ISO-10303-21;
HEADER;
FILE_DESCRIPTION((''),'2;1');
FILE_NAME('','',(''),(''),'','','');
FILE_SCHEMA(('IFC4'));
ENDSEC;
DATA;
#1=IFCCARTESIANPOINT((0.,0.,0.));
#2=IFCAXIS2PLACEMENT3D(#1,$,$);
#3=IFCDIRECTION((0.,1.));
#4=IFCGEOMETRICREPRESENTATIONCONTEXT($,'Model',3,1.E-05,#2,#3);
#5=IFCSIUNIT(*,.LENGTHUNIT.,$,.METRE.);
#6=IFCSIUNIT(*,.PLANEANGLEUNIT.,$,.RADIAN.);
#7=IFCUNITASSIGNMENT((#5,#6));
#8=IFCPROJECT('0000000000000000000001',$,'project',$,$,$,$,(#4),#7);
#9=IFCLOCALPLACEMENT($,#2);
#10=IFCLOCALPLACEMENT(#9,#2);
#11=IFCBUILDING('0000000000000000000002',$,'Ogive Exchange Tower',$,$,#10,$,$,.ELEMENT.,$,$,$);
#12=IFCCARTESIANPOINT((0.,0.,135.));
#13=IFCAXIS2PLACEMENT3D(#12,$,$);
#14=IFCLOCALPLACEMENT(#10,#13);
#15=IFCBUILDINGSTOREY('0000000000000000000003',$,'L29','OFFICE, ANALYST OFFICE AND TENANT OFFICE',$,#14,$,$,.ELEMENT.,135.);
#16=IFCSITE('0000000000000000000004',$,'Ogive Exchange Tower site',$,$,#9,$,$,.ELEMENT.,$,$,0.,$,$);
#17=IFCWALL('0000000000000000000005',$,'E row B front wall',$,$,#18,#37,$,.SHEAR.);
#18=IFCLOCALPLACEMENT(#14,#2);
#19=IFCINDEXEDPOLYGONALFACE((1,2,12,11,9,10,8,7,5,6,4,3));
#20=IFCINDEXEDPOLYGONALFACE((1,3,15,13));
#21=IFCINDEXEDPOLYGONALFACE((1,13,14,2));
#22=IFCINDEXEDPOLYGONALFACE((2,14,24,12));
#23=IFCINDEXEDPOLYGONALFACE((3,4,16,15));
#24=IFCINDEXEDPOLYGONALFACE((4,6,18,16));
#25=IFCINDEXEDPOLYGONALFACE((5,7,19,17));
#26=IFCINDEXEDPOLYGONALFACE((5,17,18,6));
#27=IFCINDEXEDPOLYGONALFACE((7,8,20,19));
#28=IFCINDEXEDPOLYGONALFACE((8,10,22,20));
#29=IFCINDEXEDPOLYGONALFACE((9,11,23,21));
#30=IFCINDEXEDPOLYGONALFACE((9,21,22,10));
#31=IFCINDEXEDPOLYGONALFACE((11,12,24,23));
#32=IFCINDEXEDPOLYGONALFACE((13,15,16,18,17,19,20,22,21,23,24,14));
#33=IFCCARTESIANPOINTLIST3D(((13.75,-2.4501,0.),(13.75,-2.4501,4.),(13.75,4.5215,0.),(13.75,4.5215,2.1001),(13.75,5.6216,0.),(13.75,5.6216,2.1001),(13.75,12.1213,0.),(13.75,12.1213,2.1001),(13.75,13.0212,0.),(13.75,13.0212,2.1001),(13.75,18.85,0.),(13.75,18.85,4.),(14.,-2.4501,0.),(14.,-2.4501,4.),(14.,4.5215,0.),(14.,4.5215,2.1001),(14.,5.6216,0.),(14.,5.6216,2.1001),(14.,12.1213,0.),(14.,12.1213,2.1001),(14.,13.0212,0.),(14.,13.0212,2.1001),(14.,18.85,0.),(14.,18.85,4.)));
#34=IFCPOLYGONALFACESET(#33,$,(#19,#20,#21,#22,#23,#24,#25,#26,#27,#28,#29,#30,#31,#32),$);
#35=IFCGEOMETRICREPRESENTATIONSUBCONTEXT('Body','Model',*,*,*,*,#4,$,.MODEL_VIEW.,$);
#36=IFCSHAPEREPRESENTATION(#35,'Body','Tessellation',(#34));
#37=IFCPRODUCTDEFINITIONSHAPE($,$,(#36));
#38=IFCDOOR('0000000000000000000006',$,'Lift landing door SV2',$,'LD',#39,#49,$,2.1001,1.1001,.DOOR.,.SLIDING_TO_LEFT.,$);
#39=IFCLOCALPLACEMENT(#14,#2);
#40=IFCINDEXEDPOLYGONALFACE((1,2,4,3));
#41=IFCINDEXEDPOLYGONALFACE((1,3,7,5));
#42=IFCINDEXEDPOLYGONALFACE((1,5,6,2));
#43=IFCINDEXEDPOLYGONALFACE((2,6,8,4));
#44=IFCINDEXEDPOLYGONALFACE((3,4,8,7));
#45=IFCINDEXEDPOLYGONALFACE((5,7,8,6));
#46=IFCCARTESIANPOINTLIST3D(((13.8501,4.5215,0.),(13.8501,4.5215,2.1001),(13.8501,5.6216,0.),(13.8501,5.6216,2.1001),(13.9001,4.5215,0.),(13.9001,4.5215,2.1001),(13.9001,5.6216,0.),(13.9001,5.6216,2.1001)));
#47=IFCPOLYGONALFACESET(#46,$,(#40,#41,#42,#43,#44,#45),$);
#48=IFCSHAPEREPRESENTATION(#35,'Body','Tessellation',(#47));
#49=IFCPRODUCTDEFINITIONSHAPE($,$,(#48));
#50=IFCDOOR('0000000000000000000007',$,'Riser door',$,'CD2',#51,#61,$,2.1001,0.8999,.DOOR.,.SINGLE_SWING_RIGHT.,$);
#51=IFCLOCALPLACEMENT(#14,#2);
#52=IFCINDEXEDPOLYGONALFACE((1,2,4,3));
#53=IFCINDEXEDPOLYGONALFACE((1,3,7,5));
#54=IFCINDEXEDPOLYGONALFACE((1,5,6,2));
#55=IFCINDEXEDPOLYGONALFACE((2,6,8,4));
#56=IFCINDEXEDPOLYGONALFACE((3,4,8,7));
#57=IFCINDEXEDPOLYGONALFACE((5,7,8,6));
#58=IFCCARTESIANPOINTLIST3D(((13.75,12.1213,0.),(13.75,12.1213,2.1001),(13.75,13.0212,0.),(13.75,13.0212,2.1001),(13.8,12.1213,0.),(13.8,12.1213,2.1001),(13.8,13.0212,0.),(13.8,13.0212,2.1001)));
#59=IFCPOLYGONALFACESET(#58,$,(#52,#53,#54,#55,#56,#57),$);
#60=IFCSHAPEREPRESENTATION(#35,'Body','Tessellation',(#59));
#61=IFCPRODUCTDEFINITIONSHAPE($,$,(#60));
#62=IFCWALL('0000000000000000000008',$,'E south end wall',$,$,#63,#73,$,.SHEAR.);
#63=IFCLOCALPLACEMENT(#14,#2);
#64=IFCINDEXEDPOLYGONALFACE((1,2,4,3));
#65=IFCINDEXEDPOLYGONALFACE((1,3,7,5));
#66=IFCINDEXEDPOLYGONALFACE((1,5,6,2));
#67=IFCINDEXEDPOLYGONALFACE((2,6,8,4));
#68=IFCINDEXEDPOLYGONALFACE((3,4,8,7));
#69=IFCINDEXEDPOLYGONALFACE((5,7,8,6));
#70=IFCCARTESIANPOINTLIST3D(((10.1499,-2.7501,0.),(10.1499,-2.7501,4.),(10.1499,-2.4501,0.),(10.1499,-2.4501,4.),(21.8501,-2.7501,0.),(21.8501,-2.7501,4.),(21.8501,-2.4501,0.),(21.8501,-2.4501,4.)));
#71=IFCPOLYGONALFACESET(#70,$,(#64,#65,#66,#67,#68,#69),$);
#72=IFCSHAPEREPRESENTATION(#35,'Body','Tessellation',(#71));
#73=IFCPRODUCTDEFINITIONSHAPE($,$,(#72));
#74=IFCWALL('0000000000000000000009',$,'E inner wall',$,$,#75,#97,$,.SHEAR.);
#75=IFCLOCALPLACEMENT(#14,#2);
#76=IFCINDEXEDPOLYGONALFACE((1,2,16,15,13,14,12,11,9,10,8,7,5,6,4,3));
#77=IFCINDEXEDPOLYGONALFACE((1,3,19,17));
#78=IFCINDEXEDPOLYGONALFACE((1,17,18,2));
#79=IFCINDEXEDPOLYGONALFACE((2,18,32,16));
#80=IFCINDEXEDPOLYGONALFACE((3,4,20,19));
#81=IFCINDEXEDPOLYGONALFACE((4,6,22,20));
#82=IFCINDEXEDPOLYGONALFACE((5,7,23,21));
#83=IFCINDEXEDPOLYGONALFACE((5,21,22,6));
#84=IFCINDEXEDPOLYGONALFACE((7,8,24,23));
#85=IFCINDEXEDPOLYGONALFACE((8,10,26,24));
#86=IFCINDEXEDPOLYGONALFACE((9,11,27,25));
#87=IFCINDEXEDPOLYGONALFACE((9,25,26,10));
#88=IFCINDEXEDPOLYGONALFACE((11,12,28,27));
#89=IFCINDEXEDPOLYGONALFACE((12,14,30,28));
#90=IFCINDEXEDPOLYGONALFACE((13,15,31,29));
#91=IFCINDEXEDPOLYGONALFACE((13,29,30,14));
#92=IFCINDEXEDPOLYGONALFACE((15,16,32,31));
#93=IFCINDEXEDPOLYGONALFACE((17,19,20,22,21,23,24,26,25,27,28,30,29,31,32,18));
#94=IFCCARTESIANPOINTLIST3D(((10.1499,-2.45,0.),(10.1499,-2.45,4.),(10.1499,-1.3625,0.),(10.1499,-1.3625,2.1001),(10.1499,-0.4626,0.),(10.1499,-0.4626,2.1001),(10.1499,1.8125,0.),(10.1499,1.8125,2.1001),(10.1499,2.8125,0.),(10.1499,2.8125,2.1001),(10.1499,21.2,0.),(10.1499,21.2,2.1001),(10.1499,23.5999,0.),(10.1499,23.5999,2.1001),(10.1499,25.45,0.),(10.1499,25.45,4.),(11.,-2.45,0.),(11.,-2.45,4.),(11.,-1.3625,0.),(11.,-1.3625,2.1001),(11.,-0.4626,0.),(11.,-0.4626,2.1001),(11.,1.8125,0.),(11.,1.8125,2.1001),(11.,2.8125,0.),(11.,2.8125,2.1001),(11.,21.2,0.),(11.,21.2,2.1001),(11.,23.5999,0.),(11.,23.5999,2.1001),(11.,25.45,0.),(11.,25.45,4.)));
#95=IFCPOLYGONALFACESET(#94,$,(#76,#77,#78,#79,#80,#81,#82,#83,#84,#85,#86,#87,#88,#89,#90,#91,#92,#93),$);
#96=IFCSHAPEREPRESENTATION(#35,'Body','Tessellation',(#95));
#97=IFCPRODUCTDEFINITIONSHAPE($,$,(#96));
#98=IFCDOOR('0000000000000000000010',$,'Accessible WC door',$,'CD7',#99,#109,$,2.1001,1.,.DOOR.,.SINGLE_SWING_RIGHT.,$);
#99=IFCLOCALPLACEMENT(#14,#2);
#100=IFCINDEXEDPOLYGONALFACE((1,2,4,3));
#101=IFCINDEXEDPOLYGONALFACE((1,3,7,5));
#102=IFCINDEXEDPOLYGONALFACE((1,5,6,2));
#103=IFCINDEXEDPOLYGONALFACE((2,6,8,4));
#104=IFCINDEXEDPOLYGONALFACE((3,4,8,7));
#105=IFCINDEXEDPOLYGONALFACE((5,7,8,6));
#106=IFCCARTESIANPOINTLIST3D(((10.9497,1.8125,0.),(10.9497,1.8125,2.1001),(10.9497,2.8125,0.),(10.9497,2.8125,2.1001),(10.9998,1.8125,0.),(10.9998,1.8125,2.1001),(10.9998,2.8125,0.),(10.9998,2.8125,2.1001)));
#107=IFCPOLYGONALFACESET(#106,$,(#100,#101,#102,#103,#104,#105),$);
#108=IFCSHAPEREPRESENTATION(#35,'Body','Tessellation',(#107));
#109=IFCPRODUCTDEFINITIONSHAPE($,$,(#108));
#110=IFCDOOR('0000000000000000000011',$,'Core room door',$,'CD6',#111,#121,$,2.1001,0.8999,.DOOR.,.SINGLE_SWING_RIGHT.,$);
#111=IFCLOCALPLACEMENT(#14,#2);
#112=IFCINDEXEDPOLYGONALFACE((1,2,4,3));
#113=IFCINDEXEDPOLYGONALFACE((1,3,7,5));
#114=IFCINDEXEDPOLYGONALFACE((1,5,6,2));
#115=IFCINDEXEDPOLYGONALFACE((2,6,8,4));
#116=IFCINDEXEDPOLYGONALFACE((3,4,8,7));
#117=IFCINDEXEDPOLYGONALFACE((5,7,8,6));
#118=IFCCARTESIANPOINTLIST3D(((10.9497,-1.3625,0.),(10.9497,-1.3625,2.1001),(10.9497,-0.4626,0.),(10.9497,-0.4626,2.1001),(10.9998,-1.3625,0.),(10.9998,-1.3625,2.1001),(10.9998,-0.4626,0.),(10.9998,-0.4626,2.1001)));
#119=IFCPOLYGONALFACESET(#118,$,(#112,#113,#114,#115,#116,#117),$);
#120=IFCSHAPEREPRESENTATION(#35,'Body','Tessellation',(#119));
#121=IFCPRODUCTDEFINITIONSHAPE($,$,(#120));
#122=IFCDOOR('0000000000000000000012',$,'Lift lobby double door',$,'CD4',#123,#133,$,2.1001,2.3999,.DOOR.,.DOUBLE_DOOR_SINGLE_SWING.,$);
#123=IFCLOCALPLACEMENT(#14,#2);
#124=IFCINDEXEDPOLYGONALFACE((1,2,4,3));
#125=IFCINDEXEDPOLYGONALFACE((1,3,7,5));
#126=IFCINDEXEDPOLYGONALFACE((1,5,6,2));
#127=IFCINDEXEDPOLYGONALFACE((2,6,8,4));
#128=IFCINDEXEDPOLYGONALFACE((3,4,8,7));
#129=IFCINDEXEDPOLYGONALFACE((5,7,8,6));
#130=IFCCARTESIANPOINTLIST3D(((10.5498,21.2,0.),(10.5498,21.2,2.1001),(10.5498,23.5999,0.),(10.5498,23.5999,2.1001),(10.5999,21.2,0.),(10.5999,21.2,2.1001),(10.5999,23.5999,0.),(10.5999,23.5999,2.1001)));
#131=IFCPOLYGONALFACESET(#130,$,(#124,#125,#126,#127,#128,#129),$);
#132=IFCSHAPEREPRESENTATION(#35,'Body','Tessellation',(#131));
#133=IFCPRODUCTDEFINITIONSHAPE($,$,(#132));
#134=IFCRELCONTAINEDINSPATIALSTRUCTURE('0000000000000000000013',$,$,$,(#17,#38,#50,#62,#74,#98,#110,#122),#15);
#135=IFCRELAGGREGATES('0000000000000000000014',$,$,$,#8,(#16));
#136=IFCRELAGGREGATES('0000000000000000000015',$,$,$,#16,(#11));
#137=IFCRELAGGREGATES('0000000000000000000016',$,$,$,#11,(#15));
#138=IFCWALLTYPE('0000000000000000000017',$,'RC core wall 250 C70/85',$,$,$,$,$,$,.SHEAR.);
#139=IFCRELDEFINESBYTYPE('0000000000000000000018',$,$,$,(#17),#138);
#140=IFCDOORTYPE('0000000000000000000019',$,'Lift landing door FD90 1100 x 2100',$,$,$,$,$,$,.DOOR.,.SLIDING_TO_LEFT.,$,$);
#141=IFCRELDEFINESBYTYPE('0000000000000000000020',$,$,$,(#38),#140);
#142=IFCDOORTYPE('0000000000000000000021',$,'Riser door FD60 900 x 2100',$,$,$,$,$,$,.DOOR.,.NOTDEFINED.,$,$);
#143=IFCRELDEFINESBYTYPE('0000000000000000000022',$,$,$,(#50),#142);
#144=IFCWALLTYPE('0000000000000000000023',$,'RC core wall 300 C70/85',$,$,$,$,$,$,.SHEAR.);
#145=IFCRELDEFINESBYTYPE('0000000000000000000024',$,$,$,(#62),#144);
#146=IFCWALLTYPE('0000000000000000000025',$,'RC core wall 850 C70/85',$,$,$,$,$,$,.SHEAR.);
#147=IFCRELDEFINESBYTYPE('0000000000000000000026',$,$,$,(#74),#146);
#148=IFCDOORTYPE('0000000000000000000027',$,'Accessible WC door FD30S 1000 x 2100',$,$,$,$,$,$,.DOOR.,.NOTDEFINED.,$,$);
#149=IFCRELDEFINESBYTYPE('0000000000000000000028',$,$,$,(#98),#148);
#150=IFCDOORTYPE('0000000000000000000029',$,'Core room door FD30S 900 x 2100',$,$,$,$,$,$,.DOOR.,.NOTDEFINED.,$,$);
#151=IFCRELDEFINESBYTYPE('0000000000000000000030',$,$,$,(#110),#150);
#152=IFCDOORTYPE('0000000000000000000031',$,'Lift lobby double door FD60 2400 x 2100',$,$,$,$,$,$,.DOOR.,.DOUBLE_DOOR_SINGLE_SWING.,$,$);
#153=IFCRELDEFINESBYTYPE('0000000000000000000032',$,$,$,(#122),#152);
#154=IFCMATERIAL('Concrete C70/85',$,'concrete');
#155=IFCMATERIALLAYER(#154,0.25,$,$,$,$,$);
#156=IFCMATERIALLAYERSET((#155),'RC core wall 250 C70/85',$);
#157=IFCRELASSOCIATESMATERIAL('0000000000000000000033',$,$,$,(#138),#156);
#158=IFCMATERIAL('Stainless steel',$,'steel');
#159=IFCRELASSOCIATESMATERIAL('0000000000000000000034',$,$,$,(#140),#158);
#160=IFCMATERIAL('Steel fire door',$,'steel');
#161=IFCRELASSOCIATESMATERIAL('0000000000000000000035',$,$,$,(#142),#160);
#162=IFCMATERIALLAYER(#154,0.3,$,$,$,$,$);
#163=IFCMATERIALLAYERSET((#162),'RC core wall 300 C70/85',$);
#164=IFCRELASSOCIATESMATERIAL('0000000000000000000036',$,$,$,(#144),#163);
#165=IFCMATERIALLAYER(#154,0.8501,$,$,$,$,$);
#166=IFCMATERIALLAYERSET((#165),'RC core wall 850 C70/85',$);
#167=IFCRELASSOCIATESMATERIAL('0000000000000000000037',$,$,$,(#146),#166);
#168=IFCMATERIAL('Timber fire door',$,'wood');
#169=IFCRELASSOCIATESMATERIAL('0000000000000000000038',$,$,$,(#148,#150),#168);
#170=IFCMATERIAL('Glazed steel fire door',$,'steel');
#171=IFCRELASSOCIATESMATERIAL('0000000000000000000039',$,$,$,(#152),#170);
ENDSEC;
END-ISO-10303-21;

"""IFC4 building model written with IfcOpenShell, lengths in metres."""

from ifc_helpers import new_model, si_unit, direction, frame, frame_2d, origin, place, context, subcontext, project, spatial, rectangle, extrude, material, layer, layer_set, type_object, element, fill, save


model = new_model("IFC4")

# Units and contexts
model_context = context("Model", 3, precision=1e-05, world=origin(), true_north=direction((0.0, 1.0)))
body_context = subcontext(model_context, "Body", "Model", "MODEL_VIEW")
ifc_project = project(units=[si_unit("LENGTHUNIT", "METRE"), si_unit("PLANEANGLEUNIT", "RADIAN")], contexts=[model_context])

# Site, building, storey
site_placement = place(None, origin())
site = spatial("IfcSite", under=ifc_project, at=site_placement, Name="Ogive Exchange Tower site", CompositionType="ELEMENT", RefElevation=0.0)
building_placement = place(site_placement, origin())
building = spatial("IfcBuilding", under=site, at=building_placement, Name="Ogive Exchange Tower", CompositionType="ELEMENT")
storey_placement = place(building_placement, frame((0.0, 0.0, 135.0)))
storey = spatial("IfcBuildingStorey", under=building, at=storey_placement, Name="L29", Description="OFFICE, ANALYST OFFICE AND TENANT OFFICE", CompositionType="ELEMENT", Elevation=135.0)

# Shared definitions
ifc_material_1 = material(Name="Concrete C70/85", Category="concrete")

# Wall, openings, doors
ifc_layer_1 = layer(ifc_material_1, 0.25)
ifc_layer_set_1 = layer_set([ifc_layer_1], Name="RC core wall 250 C70/85")
wall_type_1 = type_object("IfcWallType", Name="RC core wall 250 C70/85", PredefinedType="SHEAR", material=ifc_layer_set_1)
wall_1_placement = place(storey_placement, frame((13.875, -2.45, 0.0), z_axis=(0.0, 0.0, 1.0), x_axis=(0.0, 1.0, 0.0)))
wall_1 = element("IfcWall", 1, at=wall_1_placement, inside=storey, type_object=wall_type_1, Name="E row B front wall", PredefinedType="SHEAR", context=body_context, shape_type="SweptSolid", body=[
    extrude(rectangle(XDim=21.3, YDim=0.25, at=frame_2d((10.6499, 0.0))), origin(), (0.0, 0.0, 1.0), 4.0),
])
opening_1_placement = place(wall_1_placement, frame((14.5713, 0.0, 0.0)))
opening_1 = element("IfcOpeningElement", 2, at=opening_1_placement, cuts=wall_1, PredefinedType="OPENING", context=body_context, shape_type="SweptSolid", body=[
    extrude(rectangle(XDim=0.8999, YDim=2.1001, at=frame_2d((0.45, 1.05))), frame((0.0, 0.135, 0.0), z_axis=(0.0, -1.0, 0.0), x_axis=(1.0, 0.0, 0.0)), (0.0, 0.0, 1.0), 0.27),
])
opening_2_placement = place(wall_1_placement, frame((6.9714, 0.0, 0.0)))
opening_2 = element("IfcOpeningElement", 3, at=opening_2_placement, cuts=wall_1, PredefinedType="OPENING", context=body_context, shape_type="SweptSolid", body=[
    extrude(rectangle(XDim=1.1001, YDim=2.1001, at=frame_2d((0.55, 1.05))), frame((0.0, 0.135, 0.0), z_axis=(0.0, -1.0, 0.0), x_axis=(1.0, 0.0, 0.0)), (0.0, 0.0, 1.0), 0.27),
])
ifc_material_2 = material(Name="Stainless steel", Category="steel")
door_type_1 = type_object("IfcDoorType", Name="Lift landing door FD90 1100 x 2100", OperationType="SLIDING_TO_LEFT", PredefinedType="DOOR", material=ifc_material_2)
door_1_placement = place(opening_2_placement, origin())
door_1 = element("IfcDoor", 4, at=door_1_placement, inside=storey, type_object=door_type_1, Name="Lift landing door SV2", ObjectType="LD", OperationType="SLIDING_TO_LEFT", OverallHeight=2.1001, OverallWidth=1.1001, PredefinedType="DOOR", context=body_context, shape_type="SweptSolid", body=[
    extrude(rectangle(XDim=1.1001, YDim=2.1001, at=frame_2d((0.55, 1.05))), frame((0.0, 0.0249, 0.0), z_axis=(0.0, -1.0, 0.0), x_axis=(1.0, 0.0, 0.0)), (0.0, 0.0, 1.0), 0.05),
])
fill(opening_2, door_1)
ifc_material_3 = material(Name="Steel fire door", Category="steel")
door_type_2 = type_object("IfcDoorType", Name="Riser door FD60 900 x 2100", OperationType="NOTDEFINED", PredefinedType="DOOR", material=ifc_material_3)
door_2_placement = place(opening_1_placement, origin())
door_2 = element("IfcDoor", 5, at=door_2_placement, inside=storey, type_object=door_type_2, Name="Riser door", ObjectType="CD2", OperationType="SINGLE_SWING_RIGHT", OverallHeight=2.1001, OverallWidth=0.8999, PredefinedType="DOOR", context=body_context, shape_type="SweptSolid", body=[
    extrude(rectangle(XDim=0.8999, YDim=2.1001, at=frame_2d((0.45, 1.05))), frame((0.0, 0.125, 0.0), z_axis=(0.0, -1.0, 0.0), x_axis=(1.0, 0.0, 0.0)), (0.0, 0.0, 1.0), 0.05),
])
fill(opening_1, door_2)

# Wall
ifc_layer_2 = layer(ifc_material_1, 0.3)
ifc_layer_set_2 = layer_set([ifc_layer_2], Name="RC core wall 300 C70/85")
wall_type_2 = type_object("IfcWallType", Name="RC core wall 300 C70/85", PredefinedType="SHEAR", material=ifc_layer_set_2)
wall_2_placement = place(storey_placement, frame((10.1499, -2.6001, 0.0), z_axis=(0.0, 0.0, 1.0), x_axis=(1.0, 0.0, 0.0)))
element("IfcWall", 6, at=wall_2_placement, inside=storey, type_object=wall_type_2, Name="E south end wall", PredefinedType="SHEAR", context=body_context, shape_type="SweptSolid", body=[
    extrude(rectangle(XDim=11.7002, YDim=0.3, at=frame_2d((5.8501, 0.0))), origin(), (0.0, 0.0, 1.0), 4.0),
])

# Wall, openings, doors
ifc_layer_3 = layer(ifc_material_1, 0.8501)
ifc_layer_set_3 = layer_set([ifc_layer_3], Name="RC core wall 850 C70/85")
wall_type_3 = type_object("IfcWallType", Name="RC core wall 850 C70/85", PredefinedType="SHEAR", material=ifc_layer_set_3)
wall_3_placement = place(storey_placement, frame((10.575, -2.45, 0.0), z_axis=(0.0, 0.0, 1.0), x_axis=(0.0, 1.0, 0.0)))
wall_3 = element("IfcWall", 7, at=wall_3_placement, inside=storey, type_object=wall_type_3, Name="E inner wall", PredefinedType="SHEAR", context=body_context, shape_type="SweptSolid", body=[
    extrude(rectangle(XDim=27.8999, YDim=0.8501, at=frame_2d((13.95, 0.0))), origin(), (0.0, 0.0, 1.0), 4.0),
])
opening_3_placement = place(wall_3_placement, frame((23.6499, 0.0, 0.0)))
opening_3 = element("IfcOpeningElement", 8, at=opening_3_placement, cuts=wall_3, PredefinedType="OPENING", context=body_context, shape_type="SweptSolid", body=[
    extrude(rectangle(XDim=2.3999, YDim=2.1001, at=frame_2d((1.2, 1.05))), frame((0.0, 0.4351, 0.0), z_axis=(0.0, -1.0, 0.0), x_axis=(1.0, 0.0, 0.0)), (0.0, 0.0, 1.0), 0.8701),
])
opening_4_placement = place(wall_3_placement, frame((1.0874, 0.0, 0.0)))
opening_4 = element("IfcOpeningElement", 9, at=opening_4_placement, cuts=wall_3, PredefinedType="OPENING", context=body_context, shape_type="SweptSolid", body=[
    extrude(rectangle(XDim=0.8999, YDim=2.1001, at=frame_2d((0.45, 1.05))), frame((0.0, 0.4351, 0.0), z_axis=(0.0, -1.0, 0.0), x_axis=(1.0, 0.0, 0.0)), (0.0, 0.0, 1.0), 0.8701),
])
opening_5_placement = place(wall_3_placement, frame((4.2625, 0.0, 0.0)))
opening_5 = element("IfcOpeningElement", 10, at=opening_5_placement, cuts=wall_3, PredefinedType="OPENING", context=body_context, shape_type="SweptSolid", body=[
    extrude(rectangle(XDim=1.0, YDim=2.1001, at=frame_2d((0.5, 1.05))), frame((0.0, 0.4351, 0.0), z_axis=(0.0, -1.0, 0.0), x_axis=(1.0, 0.0, 0.0)), (0.0, 0.0, 1.0), 0.8701),
])
ifc_material_4 = material(Name="Timber fire door", Category="wood")
door_type_3 = type_object("IfcDoorType", Name="Accessible WC door FD30S 1000 x 2100", OperationType="NOTDEFINED", PredefinedType="DOOR", material=ifc_material_4)
door_3_placement = place(opening_5_placement, frame((1.0, -0.7998, 0.0), z_axis=(0.0, 0.0, 1.0), x_axis=(-1.0, 0.0, 0.0)))
door_3 = element("IfcDoor", 11, at=door_3_placement, inside=storey, type_object=door_type_3, Name="Accessible WC door", ObjectType="CD7", OperationType="SINGLE_SWING_RIGHT", OverallHeight=2.1001, OverallWidth=1.0, PredefinedType="DOOR", context=body_context, shape_type="SweptSolid", body=[
    extrude(rectangle(XDim=1.0, YDim=2.1001, at=frame_2d((0.5, 1.05))), frame((0.0, -0.375, 0.0), z_axis=(0.0, -1.0, 0.0), x_axis=(1.0, 0.0, 0.0)), (0.0, 0.0, 1.0), 0.05),
])
fill(opening_5, door_3)
door_type_4 = type_object("IfcDoorType", Name="Core room door FD30S 900 x 2100", OperationType="NOTDEFINED", PredefinedType="DOOR", material=ifc_material_4)
door_4_placement = place(opening_4_placement, frame((0.8999, -0.7998, 0.0), z_axis=(0.0, 0.0, 1.0), x_axis=(-1.0, 0.0, 0.0)))
door_4 = element("IfcDoor", 12, at=door_4_placement, inside=storey, type_object=door_type_4, Name="Core room door", ObjectType="CD6", OperationType="SINGLE_SWING_RIGHT", OverallHeight=2.1001, OverallWidth=0.8999, PredefinedType="DOOR", context=body_context, shape_type="SweptSolid", body=[
    extrude(rectangle(XDim=0.8999, YDim=2.1001, at=frame_2d((0.45, 1.05))), frame((0.0, -0.375, 0.0), z_axis=(0.0, -1.0, 0.0), x_axis=(1.0, 0.0, 0.0)), (0.0, 0.0, 1.0), 0.05),
])
fill(opening_4, door_4)
ifc_material_5 = material(Name="Glazed steel fire door", Category="steel")
door_type_5 = type_object("IfcDoorType", Name="Lift lobby double door FD60 2400 x 2100", OperationType="DOUBLE_DOOR_SINGLE_SWING", PredefinedType="DOOR", material=ifc_material_5)
door_5_placement = place(opening_3_placement, frame((2.3999, 0.0, 0.0), z_axis=(0.0, 0.0, 1.0), x_axis=(-1.0, 0.0, 0.0)))
door_5 = element("IfcDoor", 13, at=door_5_placement, inside=storey, type_object=door_type_5, Name="Lift lobby double door", ObjectType="CD4", OperationType="DOUBLE_DOOR_SINGLE_SWING", OverallHeight=2.1001, OverallWidth=2.3999, PredefinedType="DOOR", context=body_context, shape_type="SweptSolid", body=[
    extrude(rectangle(XDim=2.3999, YDim=2.1001, at=frame_2d((1.2, 1.05))), frame((0.0, 0.0249, 0.0), z_axis=(0.0, -1.0, 0.0), x_axis=(1.0, 0.0, 0.0)), (0.0, 0.0, 1.0), 0.05),
])
fill(opening_3, door_5)

save(model, "model.ifc")
